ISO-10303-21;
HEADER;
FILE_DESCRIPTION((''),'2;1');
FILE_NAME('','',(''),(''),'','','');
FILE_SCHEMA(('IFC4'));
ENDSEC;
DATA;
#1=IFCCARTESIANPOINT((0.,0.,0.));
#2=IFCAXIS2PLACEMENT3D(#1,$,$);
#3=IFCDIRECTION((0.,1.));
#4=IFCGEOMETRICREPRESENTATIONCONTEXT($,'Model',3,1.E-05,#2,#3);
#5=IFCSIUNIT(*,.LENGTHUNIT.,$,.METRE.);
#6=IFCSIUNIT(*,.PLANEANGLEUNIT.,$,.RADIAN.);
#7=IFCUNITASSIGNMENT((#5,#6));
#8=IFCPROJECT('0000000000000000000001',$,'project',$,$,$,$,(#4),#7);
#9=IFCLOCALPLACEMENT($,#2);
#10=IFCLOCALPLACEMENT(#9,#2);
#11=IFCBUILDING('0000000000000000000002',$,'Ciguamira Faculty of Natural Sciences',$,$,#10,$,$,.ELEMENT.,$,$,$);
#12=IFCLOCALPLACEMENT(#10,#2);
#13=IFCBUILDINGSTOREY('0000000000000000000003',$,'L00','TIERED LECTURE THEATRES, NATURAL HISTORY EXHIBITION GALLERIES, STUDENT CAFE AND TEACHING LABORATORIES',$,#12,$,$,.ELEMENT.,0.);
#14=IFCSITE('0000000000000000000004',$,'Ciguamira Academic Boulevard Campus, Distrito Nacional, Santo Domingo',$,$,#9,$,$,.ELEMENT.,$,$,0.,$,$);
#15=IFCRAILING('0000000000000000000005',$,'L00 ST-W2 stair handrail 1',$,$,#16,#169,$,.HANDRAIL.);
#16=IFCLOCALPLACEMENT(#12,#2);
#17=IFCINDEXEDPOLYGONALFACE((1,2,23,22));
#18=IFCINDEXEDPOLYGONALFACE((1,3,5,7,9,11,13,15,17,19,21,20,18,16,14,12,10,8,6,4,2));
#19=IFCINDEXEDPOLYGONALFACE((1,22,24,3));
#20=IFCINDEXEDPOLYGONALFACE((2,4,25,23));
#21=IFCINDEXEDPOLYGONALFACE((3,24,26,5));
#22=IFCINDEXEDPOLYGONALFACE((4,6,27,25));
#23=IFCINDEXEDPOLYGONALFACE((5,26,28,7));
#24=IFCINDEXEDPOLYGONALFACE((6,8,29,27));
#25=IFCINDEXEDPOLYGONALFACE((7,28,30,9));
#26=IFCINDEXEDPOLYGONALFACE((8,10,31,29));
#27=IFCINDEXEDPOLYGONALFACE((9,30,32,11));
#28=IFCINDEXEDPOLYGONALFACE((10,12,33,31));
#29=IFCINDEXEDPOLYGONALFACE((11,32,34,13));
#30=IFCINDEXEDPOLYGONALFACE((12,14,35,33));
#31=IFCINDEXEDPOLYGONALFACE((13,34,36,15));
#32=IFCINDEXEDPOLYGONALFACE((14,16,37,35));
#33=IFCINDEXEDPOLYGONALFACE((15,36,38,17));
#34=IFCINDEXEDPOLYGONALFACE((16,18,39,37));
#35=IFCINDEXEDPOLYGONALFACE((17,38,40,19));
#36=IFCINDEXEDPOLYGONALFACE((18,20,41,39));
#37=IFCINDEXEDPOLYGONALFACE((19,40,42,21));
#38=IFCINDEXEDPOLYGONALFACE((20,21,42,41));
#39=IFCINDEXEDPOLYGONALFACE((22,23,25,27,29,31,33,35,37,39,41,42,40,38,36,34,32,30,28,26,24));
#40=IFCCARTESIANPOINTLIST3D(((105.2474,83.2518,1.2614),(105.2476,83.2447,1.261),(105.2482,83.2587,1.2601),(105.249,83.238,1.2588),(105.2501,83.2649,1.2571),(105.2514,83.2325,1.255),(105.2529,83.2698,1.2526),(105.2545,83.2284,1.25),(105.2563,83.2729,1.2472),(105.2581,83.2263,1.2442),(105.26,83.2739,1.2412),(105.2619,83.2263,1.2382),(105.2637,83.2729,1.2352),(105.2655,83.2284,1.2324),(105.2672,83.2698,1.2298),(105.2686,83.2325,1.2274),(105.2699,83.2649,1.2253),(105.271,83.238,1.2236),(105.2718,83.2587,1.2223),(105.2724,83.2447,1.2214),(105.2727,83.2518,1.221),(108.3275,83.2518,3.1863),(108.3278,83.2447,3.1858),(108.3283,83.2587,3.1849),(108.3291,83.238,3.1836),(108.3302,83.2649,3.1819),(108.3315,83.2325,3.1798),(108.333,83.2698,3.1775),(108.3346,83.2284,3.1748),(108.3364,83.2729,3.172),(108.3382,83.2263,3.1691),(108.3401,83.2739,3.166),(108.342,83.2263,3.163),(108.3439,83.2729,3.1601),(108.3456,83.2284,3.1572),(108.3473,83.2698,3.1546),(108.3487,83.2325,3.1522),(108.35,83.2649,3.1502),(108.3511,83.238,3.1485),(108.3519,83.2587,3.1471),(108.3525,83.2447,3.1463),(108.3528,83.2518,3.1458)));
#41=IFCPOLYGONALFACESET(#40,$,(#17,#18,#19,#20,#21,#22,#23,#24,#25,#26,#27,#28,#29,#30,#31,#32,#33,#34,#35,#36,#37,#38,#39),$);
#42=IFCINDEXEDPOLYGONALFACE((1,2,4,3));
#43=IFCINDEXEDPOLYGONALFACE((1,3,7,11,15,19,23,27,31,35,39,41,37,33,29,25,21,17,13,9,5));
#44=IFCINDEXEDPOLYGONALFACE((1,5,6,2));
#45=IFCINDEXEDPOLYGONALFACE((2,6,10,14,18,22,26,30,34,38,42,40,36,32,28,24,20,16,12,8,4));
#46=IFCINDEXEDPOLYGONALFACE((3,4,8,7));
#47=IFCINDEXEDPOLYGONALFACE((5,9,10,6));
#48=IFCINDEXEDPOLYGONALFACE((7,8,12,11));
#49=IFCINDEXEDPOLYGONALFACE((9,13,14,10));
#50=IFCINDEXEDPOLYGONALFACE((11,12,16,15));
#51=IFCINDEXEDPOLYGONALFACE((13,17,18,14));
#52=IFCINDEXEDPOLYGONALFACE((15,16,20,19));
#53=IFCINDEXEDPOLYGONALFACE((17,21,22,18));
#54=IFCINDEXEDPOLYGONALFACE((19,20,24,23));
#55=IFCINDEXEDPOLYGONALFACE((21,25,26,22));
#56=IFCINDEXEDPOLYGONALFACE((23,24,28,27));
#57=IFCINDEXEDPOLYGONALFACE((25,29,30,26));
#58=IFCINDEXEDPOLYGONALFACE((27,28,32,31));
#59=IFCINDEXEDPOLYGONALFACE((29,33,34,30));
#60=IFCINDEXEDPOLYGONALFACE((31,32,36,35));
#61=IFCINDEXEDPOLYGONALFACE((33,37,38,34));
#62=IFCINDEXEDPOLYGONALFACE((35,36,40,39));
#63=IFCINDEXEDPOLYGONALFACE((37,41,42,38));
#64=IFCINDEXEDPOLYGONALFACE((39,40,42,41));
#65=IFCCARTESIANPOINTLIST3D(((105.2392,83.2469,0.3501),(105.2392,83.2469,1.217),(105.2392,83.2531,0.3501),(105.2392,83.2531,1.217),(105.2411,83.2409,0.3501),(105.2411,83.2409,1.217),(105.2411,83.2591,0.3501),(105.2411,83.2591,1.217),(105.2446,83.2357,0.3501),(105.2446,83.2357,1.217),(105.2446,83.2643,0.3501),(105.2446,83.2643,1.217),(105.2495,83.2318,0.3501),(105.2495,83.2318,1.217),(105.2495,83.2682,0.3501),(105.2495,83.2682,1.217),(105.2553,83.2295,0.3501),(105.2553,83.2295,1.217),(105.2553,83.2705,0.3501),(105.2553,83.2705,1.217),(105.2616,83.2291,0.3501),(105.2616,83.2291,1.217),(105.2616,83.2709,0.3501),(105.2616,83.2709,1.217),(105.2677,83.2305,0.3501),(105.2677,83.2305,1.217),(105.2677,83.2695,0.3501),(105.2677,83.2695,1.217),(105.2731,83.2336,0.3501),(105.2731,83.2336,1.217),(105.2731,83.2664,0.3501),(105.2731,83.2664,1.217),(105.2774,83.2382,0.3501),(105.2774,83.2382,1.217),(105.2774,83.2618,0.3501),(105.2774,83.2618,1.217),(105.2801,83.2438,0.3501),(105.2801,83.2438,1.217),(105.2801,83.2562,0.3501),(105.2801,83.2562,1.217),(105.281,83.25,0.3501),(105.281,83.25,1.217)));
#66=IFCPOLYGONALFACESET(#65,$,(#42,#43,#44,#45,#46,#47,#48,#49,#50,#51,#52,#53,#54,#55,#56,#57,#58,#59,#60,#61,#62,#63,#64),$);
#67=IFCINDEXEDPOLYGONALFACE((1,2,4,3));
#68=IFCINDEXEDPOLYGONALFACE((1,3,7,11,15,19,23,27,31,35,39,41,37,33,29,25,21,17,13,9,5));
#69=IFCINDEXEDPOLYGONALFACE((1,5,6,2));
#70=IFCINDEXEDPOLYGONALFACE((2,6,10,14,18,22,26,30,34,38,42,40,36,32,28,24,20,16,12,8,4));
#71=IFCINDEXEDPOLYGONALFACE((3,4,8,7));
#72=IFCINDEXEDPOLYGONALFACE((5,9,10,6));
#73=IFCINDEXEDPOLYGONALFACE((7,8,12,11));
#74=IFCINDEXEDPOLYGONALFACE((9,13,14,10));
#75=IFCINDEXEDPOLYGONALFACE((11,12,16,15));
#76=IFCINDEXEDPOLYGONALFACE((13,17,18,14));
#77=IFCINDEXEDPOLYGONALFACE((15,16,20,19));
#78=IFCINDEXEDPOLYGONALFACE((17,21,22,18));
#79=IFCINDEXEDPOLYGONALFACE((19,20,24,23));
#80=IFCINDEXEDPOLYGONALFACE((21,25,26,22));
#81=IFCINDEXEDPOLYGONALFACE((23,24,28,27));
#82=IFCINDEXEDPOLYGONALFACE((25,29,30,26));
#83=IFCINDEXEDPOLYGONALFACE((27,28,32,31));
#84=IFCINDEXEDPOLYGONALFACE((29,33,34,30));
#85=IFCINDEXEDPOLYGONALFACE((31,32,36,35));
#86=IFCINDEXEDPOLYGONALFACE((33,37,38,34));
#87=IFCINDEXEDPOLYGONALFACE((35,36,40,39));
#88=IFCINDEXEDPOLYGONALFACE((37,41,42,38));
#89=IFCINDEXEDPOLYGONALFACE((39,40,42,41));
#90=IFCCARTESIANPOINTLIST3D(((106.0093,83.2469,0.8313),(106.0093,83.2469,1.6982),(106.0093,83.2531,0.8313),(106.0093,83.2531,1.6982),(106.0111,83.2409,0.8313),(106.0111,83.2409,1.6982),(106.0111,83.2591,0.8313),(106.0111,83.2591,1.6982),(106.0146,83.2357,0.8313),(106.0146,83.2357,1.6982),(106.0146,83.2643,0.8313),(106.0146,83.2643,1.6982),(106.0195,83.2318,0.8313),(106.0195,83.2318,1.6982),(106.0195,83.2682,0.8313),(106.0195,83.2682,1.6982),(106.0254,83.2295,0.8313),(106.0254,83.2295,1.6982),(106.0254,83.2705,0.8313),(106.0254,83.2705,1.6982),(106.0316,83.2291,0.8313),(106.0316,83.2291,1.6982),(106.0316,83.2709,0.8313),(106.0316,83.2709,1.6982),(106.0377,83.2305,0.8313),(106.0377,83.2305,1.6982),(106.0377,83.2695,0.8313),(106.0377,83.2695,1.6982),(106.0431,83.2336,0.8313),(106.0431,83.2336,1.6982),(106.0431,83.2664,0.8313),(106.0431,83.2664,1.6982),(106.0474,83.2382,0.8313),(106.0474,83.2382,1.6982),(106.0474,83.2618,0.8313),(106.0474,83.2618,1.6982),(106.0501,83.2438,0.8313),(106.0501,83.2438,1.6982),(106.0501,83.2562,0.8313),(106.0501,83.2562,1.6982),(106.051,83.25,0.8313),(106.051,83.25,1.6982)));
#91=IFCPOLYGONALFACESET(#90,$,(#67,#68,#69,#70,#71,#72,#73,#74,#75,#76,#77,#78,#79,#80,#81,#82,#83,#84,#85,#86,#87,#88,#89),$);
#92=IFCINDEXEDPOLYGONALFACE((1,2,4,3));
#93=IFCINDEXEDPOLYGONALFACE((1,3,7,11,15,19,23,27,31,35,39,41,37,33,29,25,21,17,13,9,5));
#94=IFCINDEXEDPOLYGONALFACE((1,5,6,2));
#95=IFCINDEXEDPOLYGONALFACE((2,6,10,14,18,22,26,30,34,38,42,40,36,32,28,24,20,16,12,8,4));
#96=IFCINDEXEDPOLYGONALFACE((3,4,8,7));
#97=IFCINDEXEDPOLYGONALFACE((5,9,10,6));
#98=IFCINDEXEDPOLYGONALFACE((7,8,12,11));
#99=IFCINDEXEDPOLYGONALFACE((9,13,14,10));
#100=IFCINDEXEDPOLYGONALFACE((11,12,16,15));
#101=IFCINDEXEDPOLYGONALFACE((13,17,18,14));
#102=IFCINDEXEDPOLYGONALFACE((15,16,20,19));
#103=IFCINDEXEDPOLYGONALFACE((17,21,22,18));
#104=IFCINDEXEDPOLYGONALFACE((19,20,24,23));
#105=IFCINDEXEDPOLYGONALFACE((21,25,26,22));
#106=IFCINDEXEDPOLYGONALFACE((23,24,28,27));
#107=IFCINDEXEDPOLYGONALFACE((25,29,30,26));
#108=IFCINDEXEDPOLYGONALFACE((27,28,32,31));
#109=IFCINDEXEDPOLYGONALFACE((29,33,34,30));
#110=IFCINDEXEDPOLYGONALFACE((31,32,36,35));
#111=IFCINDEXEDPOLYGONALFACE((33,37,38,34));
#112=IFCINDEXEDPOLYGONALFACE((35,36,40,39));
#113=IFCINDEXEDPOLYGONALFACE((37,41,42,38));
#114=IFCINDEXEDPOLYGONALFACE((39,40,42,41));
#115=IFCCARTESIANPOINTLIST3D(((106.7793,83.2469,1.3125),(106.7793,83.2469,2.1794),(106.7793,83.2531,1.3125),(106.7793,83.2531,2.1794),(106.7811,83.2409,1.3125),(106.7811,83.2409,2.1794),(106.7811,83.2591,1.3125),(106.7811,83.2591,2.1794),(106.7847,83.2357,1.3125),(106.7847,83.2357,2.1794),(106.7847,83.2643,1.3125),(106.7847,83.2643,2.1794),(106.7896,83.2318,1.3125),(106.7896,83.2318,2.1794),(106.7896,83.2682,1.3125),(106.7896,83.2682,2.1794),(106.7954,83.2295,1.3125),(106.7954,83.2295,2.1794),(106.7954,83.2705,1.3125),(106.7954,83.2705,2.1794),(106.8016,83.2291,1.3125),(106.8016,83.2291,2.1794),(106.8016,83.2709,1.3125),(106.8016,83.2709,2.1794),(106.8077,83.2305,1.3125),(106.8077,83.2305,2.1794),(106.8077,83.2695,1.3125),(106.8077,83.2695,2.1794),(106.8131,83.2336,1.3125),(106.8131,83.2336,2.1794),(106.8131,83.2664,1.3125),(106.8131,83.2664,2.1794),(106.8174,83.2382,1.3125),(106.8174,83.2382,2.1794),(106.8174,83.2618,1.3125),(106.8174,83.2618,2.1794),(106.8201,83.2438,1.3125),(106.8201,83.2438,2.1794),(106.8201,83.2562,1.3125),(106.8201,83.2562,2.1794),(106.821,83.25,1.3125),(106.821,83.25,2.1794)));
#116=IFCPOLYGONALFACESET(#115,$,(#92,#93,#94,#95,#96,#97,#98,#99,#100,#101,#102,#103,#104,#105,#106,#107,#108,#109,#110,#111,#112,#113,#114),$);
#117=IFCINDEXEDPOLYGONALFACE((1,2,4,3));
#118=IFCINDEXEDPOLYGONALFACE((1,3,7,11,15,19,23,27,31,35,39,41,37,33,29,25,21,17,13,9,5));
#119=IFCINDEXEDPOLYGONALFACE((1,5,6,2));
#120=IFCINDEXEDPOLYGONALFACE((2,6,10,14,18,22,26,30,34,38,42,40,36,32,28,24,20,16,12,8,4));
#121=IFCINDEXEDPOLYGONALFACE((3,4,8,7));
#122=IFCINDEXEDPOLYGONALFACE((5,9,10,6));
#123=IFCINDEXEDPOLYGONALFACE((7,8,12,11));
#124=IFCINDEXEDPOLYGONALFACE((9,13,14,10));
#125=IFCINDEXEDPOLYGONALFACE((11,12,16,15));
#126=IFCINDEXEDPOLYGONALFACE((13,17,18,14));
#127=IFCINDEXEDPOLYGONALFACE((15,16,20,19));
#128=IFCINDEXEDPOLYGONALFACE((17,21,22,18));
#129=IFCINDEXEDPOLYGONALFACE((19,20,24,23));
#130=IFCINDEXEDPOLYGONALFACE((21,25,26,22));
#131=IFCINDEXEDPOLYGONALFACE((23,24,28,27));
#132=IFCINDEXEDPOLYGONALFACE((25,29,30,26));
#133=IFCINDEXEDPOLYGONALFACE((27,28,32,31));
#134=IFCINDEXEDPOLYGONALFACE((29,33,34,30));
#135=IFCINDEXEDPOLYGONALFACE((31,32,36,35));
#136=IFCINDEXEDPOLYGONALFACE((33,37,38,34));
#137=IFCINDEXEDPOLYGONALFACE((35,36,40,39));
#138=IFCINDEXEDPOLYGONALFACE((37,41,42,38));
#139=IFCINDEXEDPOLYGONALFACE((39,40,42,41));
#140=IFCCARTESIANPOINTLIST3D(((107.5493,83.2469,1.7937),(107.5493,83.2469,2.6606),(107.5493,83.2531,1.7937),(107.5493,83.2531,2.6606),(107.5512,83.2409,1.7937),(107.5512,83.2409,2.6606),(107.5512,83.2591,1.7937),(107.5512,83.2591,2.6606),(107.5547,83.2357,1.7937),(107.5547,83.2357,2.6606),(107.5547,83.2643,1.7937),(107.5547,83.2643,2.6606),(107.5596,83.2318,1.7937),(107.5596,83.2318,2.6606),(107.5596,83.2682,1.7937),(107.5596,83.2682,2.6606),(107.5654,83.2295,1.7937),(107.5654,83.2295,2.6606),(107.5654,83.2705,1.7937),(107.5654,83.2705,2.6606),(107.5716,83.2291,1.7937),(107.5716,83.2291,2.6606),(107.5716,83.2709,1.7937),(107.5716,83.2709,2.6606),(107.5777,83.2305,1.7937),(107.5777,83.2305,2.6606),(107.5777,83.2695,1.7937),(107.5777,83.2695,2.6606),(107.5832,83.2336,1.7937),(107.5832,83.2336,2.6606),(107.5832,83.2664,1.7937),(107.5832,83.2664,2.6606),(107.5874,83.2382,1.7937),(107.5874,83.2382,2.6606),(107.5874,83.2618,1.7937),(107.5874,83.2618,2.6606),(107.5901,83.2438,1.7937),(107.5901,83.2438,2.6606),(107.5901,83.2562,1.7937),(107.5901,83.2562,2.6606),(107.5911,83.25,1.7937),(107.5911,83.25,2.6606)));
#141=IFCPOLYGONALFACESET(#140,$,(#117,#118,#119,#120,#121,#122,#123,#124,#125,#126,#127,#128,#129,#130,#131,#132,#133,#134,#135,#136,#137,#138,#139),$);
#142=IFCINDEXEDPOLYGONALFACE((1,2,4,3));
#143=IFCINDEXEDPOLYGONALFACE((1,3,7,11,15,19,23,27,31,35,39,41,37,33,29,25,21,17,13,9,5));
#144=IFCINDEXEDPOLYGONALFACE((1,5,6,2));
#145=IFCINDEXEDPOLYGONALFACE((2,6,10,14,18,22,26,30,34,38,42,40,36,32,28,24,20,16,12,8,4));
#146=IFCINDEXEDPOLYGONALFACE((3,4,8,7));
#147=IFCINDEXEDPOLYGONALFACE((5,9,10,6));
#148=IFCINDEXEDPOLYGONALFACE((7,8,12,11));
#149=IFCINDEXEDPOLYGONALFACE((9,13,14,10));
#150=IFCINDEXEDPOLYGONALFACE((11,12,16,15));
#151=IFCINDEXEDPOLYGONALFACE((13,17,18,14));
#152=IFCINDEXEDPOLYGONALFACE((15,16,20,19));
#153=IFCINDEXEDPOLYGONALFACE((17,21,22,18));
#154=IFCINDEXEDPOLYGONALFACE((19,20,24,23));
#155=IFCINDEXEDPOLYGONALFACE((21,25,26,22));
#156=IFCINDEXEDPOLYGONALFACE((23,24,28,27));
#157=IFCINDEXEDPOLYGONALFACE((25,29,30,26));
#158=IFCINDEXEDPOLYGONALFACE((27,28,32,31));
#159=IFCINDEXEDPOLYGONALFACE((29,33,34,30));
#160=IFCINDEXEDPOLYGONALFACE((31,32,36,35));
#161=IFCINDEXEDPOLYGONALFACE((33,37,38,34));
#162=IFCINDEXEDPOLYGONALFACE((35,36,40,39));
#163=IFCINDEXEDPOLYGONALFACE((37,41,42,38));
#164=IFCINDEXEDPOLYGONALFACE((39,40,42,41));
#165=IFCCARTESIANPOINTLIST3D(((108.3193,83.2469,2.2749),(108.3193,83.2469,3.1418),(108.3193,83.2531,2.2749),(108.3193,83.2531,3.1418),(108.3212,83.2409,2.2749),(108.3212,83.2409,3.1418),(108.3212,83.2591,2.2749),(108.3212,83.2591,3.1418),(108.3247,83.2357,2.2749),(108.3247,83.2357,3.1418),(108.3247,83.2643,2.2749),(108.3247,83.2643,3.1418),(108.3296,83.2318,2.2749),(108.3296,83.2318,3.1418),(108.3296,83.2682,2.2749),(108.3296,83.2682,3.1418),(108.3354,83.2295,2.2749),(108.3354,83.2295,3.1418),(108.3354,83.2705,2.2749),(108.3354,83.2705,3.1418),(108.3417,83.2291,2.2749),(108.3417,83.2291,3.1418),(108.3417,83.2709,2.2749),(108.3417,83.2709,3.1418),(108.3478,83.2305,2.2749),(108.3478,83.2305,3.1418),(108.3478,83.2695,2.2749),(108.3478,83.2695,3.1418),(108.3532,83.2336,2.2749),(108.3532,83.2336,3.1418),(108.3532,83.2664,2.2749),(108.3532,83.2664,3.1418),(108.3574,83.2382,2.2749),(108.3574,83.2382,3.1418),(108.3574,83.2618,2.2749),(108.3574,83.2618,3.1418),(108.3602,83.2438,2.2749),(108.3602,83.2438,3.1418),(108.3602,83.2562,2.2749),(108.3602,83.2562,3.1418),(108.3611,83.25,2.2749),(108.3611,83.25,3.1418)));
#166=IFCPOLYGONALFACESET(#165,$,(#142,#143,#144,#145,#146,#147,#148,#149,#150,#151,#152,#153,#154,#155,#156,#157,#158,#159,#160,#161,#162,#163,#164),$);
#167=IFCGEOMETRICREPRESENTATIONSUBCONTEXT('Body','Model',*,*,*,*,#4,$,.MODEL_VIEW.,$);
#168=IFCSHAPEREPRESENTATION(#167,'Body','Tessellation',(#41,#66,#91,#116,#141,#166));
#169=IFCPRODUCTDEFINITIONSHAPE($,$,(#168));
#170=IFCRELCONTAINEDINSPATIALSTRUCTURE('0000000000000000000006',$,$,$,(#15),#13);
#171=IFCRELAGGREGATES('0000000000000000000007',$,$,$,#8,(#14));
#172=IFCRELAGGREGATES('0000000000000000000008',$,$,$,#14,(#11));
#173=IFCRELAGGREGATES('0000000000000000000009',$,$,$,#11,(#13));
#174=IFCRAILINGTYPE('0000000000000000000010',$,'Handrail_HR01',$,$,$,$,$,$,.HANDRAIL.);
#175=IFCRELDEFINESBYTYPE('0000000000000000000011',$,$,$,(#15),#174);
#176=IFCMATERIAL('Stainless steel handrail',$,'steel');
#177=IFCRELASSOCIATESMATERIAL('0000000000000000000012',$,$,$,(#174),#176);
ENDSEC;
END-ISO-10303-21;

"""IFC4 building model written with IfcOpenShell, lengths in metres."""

from ifc_helpers import new_model, si_unit, direction, frame, origin, origin_2d, place, context, subcontext, project, spatial, circle, extrude, material, type_object, element, save


model = new_model("IFC4")

# Units and contexts
model_context = context("Model", 3, precision=1e-05, world=origin(), true_north=direction((0.0, 1.0)))
body_context = subcontext(model_context, "Body", "Model", "MODEL_VIEW")
ifc_project = project(units=[si_unit("LENGTHUNIT", "METRE"), si_unit("PLANEANGLEUNIT", "RADIAN")], contexts=[model_context])

# Site, building, storey
site_placement = place(None, origin())
site = spatial("IfcSite", under=ifc_project, at=site_placement, Name="Ciguamira Academic Boulevard Campus, Distrito Nacional, Santo Domingo", CompositionType="ELEMENT", RefElevation=0.0)
building_placement = place(site_placement, origin())
building = spatial("IfcBuilding", under=site, at=building_placement, Name="Ciguamira Faculty of Natural Sciences", CompositionType="ELEMENT")
storey_placement = place(building_placement, origin())
storey = spatial("IfcBuildingStorey", under=building, at=storey_placement, Name="L00", Description="TIERED LECTURE THEATRES, NATURAL HISTORY EXHIBITION GALLERIES, STUDENT CAFE AND TEACHING LABORATORIES", CompositionType="ELEMENT", Elevation=0.0)

# Railing
ifc_material_1 = material(Name="Stainless steel handrail", Category="steel")
railing_type_1 = type_object("IfcRailingType", Name="Handrail_HR01", PredefinedType="HANDRAIL", material=ifc_material_1)
railing_1_placement = place(storey_placement, frame((105.26, 83.25, 0.3501)))
element("IfcRailing", 1, at=railing_1_placement, inside=storey, type_object=railing_type_1, Name="L00 ST-W2 stair handrail 1", PredefinedType="HANDRAIL", context=body_context, shape_type="SweptSolid", body=[
    extrude(circle(Radius=0.0239, at=origin_2d()), frame((0.0, 0.0, 0.8911), z_axis=(0.848029, 0.0, 0.529951), x_axis=(0.0, 1.0, 0.0)), (0.0, 0.0, 1.0), 3.6321),
    extrude(circle(Radius=0.021, at=origin_2d()), origin(), (0.0, 0.0, 1.0), 0.8669),
    extrude(circle(Radius=0.021, at=origin_2d()), frame((0.77, 0.0, 0.4812)), (0.0, 0.0, 1.0), 0.8669),
    extrude(circle(Radius=0.021, at=origin_2d()), frame((1.54, 0.0, 0.9624)), (0.0, 0.0, 1.0), 0.8669),
    extrude(circle(Radius=0.021, at=origin_2d()), frame((2.3101, 0.0, 1.4436)), (0.0, 0.0, 1.0), 0.8669),
    extrude(circle(Radius=0.021, at=origin_2d()), frame((3.0801, 0.0, 1.9248)), (0.0, 0.0, 1.0), 0.8669),
])

save(model, "model.ifc")
